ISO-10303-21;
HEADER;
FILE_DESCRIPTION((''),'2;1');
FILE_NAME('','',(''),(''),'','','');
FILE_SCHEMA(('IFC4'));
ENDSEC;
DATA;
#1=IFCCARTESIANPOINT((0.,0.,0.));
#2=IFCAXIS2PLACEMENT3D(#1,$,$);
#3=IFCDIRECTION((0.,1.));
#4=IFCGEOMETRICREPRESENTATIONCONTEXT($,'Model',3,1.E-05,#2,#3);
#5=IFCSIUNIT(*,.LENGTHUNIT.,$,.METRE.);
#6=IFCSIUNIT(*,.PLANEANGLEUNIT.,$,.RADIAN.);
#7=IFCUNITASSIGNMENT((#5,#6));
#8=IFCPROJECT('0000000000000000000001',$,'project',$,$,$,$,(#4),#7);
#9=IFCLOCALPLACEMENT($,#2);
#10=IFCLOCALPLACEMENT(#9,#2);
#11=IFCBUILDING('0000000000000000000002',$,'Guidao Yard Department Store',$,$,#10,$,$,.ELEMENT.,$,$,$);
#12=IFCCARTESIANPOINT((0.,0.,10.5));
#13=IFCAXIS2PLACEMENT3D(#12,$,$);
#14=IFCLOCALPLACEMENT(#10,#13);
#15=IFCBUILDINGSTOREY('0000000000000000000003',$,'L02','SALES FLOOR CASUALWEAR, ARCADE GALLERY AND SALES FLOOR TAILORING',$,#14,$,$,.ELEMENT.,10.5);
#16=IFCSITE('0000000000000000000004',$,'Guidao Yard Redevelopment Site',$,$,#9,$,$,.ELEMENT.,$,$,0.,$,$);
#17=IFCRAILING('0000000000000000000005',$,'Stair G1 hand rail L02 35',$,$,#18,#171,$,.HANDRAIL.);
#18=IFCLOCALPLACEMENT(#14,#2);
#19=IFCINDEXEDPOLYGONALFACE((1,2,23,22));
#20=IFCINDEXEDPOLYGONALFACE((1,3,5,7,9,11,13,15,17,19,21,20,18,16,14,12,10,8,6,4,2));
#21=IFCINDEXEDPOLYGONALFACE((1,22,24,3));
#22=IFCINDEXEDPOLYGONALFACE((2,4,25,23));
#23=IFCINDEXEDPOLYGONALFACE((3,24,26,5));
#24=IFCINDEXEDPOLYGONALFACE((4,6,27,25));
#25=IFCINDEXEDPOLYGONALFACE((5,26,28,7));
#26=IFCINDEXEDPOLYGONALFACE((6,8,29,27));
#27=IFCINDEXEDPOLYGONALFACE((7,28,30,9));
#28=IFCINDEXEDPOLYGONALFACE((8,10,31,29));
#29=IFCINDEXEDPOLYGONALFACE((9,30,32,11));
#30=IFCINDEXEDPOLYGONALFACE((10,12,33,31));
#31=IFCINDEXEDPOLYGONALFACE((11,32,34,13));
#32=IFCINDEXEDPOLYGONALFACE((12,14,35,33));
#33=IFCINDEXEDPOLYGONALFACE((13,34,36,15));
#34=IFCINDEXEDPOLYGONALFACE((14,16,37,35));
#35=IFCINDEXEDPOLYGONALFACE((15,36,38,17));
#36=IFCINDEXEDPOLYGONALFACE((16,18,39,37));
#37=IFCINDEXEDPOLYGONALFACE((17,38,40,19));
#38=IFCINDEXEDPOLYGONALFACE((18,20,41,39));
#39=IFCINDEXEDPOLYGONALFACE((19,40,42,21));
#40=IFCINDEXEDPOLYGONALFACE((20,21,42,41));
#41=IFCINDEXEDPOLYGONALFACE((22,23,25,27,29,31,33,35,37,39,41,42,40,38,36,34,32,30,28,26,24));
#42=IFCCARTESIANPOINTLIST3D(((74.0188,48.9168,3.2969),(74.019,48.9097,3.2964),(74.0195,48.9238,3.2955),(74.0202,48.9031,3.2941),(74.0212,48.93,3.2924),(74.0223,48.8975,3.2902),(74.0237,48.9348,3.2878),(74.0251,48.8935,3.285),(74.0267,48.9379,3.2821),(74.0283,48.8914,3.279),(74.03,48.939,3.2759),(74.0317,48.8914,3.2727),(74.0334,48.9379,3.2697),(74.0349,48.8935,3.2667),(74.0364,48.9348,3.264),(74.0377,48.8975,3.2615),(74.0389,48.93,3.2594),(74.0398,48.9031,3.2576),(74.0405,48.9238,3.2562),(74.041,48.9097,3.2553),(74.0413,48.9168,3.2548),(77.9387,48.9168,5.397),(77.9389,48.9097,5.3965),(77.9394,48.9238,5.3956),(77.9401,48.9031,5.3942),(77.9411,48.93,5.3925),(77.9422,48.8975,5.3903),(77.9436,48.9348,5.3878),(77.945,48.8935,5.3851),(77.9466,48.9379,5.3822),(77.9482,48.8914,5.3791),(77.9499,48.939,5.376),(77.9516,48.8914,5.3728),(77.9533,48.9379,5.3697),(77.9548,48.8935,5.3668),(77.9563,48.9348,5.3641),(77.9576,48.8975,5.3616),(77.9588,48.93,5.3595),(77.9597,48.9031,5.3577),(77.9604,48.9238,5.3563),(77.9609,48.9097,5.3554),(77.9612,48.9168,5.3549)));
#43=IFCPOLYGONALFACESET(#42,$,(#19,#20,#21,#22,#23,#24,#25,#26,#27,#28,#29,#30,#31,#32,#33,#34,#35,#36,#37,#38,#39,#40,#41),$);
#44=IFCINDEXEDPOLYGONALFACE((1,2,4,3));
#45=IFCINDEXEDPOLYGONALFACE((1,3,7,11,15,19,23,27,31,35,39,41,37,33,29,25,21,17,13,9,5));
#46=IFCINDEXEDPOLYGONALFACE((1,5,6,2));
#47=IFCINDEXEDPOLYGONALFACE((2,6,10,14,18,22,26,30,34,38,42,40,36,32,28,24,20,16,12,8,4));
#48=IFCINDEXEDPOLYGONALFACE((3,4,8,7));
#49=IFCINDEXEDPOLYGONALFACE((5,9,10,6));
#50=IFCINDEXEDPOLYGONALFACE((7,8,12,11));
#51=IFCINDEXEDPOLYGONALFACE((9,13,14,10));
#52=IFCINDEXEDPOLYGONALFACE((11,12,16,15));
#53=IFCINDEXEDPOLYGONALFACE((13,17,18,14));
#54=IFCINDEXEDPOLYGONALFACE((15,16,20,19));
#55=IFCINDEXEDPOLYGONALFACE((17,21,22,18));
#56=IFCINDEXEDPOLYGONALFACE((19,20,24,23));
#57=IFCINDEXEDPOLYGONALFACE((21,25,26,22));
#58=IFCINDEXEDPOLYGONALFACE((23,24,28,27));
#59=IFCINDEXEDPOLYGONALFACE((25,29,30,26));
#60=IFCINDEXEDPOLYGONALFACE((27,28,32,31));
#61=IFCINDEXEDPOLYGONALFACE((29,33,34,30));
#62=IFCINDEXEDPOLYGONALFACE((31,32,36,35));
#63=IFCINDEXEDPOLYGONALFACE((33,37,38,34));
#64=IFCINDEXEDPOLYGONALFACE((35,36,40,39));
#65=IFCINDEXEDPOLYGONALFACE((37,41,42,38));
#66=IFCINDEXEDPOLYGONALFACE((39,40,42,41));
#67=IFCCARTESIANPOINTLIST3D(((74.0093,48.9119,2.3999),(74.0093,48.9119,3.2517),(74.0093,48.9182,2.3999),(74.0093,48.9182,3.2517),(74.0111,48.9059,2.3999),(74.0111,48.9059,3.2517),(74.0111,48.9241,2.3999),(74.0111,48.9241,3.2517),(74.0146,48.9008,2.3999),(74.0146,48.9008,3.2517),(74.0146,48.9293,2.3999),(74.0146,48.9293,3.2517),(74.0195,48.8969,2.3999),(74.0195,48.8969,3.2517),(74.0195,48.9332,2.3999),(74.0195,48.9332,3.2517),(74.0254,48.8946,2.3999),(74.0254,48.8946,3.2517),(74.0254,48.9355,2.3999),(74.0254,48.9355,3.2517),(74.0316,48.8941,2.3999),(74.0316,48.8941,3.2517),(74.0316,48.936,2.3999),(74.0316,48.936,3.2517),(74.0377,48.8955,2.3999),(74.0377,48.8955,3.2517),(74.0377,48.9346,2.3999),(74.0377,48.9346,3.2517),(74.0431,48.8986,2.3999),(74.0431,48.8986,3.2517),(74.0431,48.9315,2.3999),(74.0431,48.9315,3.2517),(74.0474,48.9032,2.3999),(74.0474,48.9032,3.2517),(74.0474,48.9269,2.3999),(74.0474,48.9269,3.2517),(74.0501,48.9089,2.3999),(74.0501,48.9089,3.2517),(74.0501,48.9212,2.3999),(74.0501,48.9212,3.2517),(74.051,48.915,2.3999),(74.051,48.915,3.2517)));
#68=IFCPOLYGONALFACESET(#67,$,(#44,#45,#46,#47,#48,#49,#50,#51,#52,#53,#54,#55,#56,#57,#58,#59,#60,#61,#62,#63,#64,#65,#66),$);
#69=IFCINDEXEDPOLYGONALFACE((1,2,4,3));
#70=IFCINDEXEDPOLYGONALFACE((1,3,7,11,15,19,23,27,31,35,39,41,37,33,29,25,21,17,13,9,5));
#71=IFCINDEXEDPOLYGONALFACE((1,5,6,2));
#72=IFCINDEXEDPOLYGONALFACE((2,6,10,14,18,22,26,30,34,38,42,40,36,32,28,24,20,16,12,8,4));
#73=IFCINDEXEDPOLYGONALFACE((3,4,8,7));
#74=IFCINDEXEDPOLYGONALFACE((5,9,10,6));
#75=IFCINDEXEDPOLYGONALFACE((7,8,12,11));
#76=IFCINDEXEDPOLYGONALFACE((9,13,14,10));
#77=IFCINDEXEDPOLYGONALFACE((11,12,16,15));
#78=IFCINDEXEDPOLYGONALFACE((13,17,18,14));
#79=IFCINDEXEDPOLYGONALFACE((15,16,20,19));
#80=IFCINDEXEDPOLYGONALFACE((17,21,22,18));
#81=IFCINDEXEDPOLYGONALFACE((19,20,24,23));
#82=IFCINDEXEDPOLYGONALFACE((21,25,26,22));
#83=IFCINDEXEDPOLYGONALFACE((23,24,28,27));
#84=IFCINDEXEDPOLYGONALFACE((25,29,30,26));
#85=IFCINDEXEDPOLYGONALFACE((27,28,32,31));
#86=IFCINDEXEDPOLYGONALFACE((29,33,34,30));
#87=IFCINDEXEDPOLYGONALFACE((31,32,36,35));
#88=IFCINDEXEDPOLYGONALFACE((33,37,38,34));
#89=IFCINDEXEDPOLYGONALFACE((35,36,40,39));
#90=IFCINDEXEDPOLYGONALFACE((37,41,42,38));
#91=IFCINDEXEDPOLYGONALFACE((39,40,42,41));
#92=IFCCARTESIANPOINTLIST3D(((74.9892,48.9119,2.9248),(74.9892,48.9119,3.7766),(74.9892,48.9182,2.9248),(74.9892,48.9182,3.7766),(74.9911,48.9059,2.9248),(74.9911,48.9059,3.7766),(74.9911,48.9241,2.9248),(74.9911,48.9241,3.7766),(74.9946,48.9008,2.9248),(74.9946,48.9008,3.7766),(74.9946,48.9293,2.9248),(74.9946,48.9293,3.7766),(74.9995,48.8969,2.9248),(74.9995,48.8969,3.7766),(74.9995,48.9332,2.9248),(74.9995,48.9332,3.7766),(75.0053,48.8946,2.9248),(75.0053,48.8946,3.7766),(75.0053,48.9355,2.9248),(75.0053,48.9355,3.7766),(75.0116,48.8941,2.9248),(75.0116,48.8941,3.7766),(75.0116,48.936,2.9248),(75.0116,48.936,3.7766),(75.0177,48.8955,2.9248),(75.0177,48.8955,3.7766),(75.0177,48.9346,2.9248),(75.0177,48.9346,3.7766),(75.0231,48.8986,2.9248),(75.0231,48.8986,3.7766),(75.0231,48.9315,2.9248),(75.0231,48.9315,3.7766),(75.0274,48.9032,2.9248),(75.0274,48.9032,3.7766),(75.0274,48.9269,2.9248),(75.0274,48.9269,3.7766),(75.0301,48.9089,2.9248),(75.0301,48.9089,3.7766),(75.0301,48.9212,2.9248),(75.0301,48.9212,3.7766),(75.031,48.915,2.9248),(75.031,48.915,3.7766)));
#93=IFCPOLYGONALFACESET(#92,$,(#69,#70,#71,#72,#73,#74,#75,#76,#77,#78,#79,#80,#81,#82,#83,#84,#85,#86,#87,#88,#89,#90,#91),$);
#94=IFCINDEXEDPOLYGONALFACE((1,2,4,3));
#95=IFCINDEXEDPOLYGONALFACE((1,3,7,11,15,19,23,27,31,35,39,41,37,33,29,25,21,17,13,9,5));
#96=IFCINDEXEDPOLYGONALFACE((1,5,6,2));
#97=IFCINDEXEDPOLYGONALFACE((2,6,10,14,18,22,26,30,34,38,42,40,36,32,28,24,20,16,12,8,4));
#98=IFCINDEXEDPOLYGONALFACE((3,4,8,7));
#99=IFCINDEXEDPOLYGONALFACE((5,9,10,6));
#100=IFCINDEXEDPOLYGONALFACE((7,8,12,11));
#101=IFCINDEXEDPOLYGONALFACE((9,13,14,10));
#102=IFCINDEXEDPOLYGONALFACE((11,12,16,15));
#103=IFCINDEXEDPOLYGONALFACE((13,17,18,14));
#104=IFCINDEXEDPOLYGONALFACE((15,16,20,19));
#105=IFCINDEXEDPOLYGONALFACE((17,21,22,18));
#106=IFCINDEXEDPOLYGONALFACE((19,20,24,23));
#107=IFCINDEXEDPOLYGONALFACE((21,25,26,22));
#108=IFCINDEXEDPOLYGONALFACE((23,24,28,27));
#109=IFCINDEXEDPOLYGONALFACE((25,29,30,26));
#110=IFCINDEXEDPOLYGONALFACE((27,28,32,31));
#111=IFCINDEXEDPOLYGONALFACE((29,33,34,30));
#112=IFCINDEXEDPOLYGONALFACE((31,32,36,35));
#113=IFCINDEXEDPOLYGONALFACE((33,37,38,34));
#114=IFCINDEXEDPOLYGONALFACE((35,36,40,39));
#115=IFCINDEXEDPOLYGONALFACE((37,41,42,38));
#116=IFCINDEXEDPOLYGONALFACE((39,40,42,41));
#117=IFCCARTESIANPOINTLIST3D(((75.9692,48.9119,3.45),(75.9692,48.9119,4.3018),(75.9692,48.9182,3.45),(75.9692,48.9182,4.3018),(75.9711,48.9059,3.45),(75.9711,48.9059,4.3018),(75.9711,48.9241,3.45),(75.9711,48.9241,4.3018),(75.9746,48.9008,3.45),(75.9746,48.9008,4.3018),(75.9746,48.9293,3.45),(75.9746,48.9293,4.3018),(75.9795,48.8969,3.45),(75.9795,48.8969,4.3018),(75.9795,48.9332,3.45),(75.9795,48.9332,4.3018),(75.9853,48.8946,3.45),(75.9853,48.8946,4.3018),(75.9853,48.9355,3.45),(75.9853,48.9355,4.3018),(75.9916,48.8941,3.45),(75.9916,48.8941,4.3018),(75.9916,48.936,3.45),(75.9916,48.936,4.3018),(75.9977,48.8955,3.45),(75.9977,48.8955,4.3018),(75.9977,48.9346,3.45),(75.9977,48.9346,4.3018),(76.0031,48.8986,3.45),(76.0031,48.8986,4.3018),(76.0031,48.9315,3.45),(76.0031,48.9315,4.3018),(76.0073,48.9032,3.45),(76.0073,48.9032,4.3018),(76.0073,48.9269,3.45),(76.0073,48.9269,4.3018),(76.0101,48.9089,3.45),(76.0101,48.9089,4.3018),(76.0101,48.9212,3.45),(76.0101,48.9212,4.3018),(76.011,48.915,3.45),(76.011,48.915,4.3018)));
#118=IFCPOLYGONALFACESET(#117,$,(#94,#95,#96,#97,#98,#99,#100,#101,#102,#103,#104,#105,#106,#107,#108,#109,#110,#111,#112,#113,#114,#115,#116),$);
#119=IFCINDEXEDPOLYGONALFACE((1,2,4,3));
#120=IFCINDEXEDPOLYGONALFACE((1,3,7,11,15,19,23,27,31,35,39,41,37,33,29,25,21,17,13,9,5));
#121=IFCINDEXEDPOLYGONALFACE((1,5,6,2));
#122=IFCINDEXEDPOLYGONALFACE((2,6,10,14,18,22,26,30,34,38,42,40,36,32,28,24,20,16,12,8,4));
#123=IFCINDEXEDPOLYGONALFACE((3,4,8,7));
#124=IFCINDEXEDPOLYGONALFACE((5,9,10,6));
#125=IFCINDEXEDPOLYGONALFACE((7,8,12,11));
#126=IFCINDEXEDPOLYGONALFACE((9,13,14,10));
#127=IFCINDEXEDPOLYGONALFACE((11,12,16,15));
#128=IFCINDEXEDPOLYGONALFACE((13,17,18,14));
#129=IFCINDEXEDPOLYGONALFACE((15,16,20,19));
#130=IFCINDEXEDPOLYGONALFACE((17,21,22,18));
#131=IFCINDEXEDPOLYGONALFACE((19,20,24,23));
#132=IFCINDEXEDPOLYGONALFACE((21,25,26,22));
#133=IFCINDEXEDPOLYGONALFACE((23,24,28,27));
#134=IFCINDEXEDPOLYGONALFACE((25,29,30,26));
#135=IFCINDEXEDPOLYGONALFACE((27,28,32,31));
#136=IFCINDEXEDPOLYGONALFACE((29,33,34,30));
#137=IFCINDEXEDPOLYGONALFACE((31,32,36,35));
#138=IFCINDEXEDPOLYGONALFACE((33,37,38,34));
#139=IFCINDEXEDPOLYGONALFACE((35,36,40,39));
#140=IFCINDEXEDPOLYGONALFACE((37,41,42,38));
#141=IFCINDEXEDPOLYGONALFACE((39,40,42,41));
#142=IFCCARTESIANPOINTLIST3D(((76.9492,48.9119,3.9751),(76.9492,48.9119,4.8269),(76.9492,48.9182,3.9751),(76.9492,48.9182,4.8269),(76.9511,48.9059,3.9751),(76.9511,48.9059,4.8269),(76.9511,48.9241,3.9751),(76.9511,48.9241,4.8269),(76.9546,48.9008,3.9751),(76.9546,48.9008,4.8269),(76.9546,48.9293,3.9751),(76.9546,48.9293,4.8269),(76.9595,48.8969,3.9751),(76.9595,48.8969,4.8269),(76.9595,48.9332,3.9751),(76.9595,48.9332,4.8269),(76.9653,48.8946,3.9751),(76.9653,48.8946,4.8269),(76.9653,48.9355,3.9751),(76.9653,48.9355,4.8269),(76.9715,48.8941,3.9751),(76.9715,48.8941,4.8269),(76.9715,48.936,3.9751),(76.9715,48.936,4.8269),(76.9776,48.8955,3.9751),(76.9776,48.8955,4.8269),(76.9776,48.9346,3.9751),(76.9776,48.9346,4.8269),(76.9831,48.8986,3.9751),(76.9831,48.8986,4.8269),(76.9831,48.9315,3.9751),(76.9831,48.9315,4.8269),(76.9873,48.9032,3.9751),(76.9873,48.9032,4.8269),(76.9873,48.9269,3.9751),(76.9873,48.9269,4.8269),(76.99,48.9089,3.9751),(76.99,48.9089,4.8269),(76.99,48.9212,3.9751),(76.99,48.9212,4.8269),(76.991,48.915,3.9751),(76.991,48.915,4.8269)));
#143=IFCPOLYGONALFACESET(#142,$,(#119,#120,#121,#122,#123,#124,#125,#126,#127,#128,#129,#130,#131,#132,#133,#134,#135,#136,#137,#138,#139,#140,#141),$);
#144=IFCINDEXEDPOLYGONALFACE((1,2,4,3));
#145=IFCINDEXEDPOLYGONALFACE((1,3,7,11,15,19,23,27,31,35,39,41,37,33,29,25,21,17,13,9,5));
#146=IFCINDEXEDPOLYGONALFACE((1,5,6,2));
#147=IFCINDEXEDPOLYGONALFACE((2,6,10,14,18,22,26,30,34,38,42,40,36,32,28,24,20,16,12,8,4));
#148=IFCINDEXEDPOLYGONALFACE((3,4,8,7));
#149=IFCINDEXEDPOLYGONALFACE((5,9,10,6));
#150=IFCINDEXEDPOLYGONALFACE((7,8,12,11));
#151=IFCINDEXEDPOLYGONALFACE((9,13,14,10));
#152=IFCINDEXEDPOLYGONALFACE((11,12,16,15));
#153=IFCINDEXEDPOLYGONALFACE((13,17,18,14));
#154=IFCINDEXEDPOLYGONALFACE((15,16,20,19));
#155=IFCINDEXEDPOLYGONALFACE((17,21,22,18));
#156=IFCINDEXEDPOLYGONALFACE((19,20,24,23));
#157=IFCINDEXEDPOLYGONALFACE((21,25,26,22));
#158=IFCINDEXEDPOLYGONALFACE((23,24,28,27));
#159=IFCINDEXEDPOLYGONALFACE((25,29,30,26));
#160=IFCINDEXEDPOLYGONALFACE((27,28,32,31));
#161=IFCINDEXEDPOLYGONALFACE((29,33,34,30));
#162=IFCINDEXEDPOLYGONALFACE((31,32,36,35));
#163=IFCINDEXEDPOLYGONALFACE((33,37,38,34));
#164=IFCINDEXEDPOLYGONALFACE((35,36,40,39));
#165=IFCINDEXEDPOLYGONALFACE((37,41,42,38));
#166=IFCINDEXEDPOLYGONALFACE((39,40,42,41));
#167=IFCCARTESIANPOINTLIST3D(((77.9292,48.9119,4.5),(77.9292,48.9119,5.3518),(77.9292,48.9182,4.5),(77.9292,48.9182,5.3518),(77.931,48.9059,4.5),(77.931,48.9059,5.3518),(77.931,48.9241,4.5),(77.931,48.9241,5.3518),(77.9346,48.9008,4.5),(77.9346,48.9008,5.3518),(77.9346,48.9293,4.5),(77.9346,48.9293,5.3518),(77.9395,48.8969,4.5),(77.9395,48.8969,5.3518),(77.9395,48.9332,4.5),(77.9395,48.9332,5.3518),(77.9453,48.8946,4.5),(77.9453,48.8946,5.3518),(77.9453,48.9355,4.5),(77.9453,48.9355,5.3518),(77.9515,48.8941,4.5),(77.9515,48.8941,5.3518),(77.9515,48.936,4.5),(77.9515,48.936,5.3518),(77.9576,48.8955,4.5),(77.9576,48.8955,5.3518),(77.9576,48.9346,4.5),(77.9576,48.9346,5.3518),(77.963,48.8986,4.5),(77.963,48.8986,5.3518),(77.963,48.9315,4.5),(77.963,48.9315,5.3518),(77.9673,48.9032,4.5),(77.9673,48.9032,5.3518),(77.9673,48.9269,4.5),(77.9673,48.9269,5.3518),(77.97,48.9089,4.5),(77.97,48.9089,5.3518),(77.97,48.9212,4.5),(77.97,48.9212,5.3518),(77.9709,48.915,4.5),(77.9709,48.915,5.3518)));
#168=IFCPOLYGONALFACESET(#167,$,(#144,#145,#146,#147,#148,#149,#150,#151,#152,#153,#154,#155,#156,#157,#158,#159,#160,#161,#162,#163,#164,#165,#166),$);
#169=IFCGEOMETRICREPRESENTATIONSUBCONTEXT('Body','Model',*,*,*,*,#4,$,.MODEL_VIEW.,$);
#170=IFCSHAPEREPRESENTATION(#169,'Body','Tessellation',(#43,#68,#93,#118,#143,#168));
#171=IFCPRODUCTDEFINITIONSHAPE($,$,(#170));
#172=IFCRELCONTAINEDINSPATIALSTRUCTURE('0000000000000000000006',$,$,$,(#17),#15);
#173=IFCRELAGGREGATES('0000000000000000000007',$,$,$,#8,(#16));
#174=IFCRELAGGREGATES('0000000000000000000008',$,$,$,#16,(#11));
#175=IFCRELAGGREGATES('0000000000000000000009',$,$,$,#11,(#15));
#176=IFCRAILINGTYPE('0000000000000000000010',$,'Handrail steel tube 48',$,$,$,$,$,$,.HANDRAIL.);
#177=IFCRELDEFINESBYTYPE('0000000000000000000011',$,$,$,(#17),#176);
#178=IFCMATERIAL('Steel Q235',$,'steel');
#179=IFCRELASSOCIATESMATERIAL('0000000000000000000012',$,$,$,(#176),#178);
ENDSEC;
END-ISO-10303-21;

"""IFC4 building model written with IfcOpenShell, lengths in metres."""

from ifc_helpers import new_model, si_unit, direction, frame, origin, origin_2d, place, context, subcontext, project, spatial, circle, extrude, material, type_object, element, save


model = new_model("IFC4")

# Units and contexts
model_context = context("Model", 3, precision=1e-05, world=origin(), true_north=direction((0.0, 1.0)))
body_context = subcontext(model_context, "Body", "Model", "MODEL_VIEW")
ifc_project = project(units=[si_unit("LENGTHUNIT", "METRE"), si_unit("PLANEANGLEUNIT", "RADIAN")], contexts=[model_context])

# Site, building, storey
site_placement = place(None, origin())
site = spatial("IfcSite", under=ifc_project, at=site_placement, Name="Guidao Yard Redevelopment Site", CompositionType="ELEMENT", RefElevation=0.0)
building_placement = place(site_placement, origin())
building = spatial("IfcBuilding", under=site, at=building_placement, Name="Guidao Yard Department Store", CompositionType="ELEMENT")
storey_placement = place(building_placement, frame((0.0, 0.0, 10.5)))
storey = spatial("IfcBuildingStorey", under=building, at=storey_placement, Name="L02", Description="SALES FLOOR CASUALWEAR, ARCADE GALLERY AND SALES FLOOR TAILORING", CompositionType="ELEMENT", Elevation=10.5)

# Railing
ifc_material_1 = material(Name="Steel Q235", Category="steel")
railing_type_1 = type_object("IfcRailingType", Name="Handrail steel tube 48", PredefinedType="HANDRAIL", material=ifc_material_1)
for number, where, name in (
    (1, (74.03, 48.915, 2.3999), "Stair G1 hand rail L02 35"),
):
    element("IfcRailing", number, at=place(storey_placement, frame(where)), inside=storey, type_object=railing_type_1, Name=name, PredefinedType="HANDRAIL", context=body_context, shape_type="SweptSolid", body=[
        extrude(circle(Radius=0.0239, at=origin_2d()), frame((0.0, 0.0, 0.876), z_axis=(0.881467, 0.0, 0.472246), x_axis=(0.0, 1.0, 0.0)), (0.0, 0.0, 1.0), 4.447),
        extrude(circle(Radius=0.021, at=origin_2d()), origin(), (0.0, 0.0, 1.0), 0.8518),
        extrude(circle(Radius=0.021, at=origin_2d()), frame((0.98, 0.0, 0.5249)), (0.0, 0.0, 1.0), 0.8518),
        extrude(circle(Radius=0.021, at=origin_2d()), frame((1.96, 0.0, 1.05)), (0.0, 0.0, 1.0), 0.8518),
        extrude(circle(Radius=0.021, at=origin_2d()), frame((2.9399, 0.0, 1.5752)), (0.0, 0.0, 1.0), 0.8518),
        extrude(circle(Radius=0.021, at=origin_2d()), frame((3.9199, 0.0, 2.1001)), (0.0, 0.0, 1.0), 0.8518),
    ])

save(model, "model.ifc")
